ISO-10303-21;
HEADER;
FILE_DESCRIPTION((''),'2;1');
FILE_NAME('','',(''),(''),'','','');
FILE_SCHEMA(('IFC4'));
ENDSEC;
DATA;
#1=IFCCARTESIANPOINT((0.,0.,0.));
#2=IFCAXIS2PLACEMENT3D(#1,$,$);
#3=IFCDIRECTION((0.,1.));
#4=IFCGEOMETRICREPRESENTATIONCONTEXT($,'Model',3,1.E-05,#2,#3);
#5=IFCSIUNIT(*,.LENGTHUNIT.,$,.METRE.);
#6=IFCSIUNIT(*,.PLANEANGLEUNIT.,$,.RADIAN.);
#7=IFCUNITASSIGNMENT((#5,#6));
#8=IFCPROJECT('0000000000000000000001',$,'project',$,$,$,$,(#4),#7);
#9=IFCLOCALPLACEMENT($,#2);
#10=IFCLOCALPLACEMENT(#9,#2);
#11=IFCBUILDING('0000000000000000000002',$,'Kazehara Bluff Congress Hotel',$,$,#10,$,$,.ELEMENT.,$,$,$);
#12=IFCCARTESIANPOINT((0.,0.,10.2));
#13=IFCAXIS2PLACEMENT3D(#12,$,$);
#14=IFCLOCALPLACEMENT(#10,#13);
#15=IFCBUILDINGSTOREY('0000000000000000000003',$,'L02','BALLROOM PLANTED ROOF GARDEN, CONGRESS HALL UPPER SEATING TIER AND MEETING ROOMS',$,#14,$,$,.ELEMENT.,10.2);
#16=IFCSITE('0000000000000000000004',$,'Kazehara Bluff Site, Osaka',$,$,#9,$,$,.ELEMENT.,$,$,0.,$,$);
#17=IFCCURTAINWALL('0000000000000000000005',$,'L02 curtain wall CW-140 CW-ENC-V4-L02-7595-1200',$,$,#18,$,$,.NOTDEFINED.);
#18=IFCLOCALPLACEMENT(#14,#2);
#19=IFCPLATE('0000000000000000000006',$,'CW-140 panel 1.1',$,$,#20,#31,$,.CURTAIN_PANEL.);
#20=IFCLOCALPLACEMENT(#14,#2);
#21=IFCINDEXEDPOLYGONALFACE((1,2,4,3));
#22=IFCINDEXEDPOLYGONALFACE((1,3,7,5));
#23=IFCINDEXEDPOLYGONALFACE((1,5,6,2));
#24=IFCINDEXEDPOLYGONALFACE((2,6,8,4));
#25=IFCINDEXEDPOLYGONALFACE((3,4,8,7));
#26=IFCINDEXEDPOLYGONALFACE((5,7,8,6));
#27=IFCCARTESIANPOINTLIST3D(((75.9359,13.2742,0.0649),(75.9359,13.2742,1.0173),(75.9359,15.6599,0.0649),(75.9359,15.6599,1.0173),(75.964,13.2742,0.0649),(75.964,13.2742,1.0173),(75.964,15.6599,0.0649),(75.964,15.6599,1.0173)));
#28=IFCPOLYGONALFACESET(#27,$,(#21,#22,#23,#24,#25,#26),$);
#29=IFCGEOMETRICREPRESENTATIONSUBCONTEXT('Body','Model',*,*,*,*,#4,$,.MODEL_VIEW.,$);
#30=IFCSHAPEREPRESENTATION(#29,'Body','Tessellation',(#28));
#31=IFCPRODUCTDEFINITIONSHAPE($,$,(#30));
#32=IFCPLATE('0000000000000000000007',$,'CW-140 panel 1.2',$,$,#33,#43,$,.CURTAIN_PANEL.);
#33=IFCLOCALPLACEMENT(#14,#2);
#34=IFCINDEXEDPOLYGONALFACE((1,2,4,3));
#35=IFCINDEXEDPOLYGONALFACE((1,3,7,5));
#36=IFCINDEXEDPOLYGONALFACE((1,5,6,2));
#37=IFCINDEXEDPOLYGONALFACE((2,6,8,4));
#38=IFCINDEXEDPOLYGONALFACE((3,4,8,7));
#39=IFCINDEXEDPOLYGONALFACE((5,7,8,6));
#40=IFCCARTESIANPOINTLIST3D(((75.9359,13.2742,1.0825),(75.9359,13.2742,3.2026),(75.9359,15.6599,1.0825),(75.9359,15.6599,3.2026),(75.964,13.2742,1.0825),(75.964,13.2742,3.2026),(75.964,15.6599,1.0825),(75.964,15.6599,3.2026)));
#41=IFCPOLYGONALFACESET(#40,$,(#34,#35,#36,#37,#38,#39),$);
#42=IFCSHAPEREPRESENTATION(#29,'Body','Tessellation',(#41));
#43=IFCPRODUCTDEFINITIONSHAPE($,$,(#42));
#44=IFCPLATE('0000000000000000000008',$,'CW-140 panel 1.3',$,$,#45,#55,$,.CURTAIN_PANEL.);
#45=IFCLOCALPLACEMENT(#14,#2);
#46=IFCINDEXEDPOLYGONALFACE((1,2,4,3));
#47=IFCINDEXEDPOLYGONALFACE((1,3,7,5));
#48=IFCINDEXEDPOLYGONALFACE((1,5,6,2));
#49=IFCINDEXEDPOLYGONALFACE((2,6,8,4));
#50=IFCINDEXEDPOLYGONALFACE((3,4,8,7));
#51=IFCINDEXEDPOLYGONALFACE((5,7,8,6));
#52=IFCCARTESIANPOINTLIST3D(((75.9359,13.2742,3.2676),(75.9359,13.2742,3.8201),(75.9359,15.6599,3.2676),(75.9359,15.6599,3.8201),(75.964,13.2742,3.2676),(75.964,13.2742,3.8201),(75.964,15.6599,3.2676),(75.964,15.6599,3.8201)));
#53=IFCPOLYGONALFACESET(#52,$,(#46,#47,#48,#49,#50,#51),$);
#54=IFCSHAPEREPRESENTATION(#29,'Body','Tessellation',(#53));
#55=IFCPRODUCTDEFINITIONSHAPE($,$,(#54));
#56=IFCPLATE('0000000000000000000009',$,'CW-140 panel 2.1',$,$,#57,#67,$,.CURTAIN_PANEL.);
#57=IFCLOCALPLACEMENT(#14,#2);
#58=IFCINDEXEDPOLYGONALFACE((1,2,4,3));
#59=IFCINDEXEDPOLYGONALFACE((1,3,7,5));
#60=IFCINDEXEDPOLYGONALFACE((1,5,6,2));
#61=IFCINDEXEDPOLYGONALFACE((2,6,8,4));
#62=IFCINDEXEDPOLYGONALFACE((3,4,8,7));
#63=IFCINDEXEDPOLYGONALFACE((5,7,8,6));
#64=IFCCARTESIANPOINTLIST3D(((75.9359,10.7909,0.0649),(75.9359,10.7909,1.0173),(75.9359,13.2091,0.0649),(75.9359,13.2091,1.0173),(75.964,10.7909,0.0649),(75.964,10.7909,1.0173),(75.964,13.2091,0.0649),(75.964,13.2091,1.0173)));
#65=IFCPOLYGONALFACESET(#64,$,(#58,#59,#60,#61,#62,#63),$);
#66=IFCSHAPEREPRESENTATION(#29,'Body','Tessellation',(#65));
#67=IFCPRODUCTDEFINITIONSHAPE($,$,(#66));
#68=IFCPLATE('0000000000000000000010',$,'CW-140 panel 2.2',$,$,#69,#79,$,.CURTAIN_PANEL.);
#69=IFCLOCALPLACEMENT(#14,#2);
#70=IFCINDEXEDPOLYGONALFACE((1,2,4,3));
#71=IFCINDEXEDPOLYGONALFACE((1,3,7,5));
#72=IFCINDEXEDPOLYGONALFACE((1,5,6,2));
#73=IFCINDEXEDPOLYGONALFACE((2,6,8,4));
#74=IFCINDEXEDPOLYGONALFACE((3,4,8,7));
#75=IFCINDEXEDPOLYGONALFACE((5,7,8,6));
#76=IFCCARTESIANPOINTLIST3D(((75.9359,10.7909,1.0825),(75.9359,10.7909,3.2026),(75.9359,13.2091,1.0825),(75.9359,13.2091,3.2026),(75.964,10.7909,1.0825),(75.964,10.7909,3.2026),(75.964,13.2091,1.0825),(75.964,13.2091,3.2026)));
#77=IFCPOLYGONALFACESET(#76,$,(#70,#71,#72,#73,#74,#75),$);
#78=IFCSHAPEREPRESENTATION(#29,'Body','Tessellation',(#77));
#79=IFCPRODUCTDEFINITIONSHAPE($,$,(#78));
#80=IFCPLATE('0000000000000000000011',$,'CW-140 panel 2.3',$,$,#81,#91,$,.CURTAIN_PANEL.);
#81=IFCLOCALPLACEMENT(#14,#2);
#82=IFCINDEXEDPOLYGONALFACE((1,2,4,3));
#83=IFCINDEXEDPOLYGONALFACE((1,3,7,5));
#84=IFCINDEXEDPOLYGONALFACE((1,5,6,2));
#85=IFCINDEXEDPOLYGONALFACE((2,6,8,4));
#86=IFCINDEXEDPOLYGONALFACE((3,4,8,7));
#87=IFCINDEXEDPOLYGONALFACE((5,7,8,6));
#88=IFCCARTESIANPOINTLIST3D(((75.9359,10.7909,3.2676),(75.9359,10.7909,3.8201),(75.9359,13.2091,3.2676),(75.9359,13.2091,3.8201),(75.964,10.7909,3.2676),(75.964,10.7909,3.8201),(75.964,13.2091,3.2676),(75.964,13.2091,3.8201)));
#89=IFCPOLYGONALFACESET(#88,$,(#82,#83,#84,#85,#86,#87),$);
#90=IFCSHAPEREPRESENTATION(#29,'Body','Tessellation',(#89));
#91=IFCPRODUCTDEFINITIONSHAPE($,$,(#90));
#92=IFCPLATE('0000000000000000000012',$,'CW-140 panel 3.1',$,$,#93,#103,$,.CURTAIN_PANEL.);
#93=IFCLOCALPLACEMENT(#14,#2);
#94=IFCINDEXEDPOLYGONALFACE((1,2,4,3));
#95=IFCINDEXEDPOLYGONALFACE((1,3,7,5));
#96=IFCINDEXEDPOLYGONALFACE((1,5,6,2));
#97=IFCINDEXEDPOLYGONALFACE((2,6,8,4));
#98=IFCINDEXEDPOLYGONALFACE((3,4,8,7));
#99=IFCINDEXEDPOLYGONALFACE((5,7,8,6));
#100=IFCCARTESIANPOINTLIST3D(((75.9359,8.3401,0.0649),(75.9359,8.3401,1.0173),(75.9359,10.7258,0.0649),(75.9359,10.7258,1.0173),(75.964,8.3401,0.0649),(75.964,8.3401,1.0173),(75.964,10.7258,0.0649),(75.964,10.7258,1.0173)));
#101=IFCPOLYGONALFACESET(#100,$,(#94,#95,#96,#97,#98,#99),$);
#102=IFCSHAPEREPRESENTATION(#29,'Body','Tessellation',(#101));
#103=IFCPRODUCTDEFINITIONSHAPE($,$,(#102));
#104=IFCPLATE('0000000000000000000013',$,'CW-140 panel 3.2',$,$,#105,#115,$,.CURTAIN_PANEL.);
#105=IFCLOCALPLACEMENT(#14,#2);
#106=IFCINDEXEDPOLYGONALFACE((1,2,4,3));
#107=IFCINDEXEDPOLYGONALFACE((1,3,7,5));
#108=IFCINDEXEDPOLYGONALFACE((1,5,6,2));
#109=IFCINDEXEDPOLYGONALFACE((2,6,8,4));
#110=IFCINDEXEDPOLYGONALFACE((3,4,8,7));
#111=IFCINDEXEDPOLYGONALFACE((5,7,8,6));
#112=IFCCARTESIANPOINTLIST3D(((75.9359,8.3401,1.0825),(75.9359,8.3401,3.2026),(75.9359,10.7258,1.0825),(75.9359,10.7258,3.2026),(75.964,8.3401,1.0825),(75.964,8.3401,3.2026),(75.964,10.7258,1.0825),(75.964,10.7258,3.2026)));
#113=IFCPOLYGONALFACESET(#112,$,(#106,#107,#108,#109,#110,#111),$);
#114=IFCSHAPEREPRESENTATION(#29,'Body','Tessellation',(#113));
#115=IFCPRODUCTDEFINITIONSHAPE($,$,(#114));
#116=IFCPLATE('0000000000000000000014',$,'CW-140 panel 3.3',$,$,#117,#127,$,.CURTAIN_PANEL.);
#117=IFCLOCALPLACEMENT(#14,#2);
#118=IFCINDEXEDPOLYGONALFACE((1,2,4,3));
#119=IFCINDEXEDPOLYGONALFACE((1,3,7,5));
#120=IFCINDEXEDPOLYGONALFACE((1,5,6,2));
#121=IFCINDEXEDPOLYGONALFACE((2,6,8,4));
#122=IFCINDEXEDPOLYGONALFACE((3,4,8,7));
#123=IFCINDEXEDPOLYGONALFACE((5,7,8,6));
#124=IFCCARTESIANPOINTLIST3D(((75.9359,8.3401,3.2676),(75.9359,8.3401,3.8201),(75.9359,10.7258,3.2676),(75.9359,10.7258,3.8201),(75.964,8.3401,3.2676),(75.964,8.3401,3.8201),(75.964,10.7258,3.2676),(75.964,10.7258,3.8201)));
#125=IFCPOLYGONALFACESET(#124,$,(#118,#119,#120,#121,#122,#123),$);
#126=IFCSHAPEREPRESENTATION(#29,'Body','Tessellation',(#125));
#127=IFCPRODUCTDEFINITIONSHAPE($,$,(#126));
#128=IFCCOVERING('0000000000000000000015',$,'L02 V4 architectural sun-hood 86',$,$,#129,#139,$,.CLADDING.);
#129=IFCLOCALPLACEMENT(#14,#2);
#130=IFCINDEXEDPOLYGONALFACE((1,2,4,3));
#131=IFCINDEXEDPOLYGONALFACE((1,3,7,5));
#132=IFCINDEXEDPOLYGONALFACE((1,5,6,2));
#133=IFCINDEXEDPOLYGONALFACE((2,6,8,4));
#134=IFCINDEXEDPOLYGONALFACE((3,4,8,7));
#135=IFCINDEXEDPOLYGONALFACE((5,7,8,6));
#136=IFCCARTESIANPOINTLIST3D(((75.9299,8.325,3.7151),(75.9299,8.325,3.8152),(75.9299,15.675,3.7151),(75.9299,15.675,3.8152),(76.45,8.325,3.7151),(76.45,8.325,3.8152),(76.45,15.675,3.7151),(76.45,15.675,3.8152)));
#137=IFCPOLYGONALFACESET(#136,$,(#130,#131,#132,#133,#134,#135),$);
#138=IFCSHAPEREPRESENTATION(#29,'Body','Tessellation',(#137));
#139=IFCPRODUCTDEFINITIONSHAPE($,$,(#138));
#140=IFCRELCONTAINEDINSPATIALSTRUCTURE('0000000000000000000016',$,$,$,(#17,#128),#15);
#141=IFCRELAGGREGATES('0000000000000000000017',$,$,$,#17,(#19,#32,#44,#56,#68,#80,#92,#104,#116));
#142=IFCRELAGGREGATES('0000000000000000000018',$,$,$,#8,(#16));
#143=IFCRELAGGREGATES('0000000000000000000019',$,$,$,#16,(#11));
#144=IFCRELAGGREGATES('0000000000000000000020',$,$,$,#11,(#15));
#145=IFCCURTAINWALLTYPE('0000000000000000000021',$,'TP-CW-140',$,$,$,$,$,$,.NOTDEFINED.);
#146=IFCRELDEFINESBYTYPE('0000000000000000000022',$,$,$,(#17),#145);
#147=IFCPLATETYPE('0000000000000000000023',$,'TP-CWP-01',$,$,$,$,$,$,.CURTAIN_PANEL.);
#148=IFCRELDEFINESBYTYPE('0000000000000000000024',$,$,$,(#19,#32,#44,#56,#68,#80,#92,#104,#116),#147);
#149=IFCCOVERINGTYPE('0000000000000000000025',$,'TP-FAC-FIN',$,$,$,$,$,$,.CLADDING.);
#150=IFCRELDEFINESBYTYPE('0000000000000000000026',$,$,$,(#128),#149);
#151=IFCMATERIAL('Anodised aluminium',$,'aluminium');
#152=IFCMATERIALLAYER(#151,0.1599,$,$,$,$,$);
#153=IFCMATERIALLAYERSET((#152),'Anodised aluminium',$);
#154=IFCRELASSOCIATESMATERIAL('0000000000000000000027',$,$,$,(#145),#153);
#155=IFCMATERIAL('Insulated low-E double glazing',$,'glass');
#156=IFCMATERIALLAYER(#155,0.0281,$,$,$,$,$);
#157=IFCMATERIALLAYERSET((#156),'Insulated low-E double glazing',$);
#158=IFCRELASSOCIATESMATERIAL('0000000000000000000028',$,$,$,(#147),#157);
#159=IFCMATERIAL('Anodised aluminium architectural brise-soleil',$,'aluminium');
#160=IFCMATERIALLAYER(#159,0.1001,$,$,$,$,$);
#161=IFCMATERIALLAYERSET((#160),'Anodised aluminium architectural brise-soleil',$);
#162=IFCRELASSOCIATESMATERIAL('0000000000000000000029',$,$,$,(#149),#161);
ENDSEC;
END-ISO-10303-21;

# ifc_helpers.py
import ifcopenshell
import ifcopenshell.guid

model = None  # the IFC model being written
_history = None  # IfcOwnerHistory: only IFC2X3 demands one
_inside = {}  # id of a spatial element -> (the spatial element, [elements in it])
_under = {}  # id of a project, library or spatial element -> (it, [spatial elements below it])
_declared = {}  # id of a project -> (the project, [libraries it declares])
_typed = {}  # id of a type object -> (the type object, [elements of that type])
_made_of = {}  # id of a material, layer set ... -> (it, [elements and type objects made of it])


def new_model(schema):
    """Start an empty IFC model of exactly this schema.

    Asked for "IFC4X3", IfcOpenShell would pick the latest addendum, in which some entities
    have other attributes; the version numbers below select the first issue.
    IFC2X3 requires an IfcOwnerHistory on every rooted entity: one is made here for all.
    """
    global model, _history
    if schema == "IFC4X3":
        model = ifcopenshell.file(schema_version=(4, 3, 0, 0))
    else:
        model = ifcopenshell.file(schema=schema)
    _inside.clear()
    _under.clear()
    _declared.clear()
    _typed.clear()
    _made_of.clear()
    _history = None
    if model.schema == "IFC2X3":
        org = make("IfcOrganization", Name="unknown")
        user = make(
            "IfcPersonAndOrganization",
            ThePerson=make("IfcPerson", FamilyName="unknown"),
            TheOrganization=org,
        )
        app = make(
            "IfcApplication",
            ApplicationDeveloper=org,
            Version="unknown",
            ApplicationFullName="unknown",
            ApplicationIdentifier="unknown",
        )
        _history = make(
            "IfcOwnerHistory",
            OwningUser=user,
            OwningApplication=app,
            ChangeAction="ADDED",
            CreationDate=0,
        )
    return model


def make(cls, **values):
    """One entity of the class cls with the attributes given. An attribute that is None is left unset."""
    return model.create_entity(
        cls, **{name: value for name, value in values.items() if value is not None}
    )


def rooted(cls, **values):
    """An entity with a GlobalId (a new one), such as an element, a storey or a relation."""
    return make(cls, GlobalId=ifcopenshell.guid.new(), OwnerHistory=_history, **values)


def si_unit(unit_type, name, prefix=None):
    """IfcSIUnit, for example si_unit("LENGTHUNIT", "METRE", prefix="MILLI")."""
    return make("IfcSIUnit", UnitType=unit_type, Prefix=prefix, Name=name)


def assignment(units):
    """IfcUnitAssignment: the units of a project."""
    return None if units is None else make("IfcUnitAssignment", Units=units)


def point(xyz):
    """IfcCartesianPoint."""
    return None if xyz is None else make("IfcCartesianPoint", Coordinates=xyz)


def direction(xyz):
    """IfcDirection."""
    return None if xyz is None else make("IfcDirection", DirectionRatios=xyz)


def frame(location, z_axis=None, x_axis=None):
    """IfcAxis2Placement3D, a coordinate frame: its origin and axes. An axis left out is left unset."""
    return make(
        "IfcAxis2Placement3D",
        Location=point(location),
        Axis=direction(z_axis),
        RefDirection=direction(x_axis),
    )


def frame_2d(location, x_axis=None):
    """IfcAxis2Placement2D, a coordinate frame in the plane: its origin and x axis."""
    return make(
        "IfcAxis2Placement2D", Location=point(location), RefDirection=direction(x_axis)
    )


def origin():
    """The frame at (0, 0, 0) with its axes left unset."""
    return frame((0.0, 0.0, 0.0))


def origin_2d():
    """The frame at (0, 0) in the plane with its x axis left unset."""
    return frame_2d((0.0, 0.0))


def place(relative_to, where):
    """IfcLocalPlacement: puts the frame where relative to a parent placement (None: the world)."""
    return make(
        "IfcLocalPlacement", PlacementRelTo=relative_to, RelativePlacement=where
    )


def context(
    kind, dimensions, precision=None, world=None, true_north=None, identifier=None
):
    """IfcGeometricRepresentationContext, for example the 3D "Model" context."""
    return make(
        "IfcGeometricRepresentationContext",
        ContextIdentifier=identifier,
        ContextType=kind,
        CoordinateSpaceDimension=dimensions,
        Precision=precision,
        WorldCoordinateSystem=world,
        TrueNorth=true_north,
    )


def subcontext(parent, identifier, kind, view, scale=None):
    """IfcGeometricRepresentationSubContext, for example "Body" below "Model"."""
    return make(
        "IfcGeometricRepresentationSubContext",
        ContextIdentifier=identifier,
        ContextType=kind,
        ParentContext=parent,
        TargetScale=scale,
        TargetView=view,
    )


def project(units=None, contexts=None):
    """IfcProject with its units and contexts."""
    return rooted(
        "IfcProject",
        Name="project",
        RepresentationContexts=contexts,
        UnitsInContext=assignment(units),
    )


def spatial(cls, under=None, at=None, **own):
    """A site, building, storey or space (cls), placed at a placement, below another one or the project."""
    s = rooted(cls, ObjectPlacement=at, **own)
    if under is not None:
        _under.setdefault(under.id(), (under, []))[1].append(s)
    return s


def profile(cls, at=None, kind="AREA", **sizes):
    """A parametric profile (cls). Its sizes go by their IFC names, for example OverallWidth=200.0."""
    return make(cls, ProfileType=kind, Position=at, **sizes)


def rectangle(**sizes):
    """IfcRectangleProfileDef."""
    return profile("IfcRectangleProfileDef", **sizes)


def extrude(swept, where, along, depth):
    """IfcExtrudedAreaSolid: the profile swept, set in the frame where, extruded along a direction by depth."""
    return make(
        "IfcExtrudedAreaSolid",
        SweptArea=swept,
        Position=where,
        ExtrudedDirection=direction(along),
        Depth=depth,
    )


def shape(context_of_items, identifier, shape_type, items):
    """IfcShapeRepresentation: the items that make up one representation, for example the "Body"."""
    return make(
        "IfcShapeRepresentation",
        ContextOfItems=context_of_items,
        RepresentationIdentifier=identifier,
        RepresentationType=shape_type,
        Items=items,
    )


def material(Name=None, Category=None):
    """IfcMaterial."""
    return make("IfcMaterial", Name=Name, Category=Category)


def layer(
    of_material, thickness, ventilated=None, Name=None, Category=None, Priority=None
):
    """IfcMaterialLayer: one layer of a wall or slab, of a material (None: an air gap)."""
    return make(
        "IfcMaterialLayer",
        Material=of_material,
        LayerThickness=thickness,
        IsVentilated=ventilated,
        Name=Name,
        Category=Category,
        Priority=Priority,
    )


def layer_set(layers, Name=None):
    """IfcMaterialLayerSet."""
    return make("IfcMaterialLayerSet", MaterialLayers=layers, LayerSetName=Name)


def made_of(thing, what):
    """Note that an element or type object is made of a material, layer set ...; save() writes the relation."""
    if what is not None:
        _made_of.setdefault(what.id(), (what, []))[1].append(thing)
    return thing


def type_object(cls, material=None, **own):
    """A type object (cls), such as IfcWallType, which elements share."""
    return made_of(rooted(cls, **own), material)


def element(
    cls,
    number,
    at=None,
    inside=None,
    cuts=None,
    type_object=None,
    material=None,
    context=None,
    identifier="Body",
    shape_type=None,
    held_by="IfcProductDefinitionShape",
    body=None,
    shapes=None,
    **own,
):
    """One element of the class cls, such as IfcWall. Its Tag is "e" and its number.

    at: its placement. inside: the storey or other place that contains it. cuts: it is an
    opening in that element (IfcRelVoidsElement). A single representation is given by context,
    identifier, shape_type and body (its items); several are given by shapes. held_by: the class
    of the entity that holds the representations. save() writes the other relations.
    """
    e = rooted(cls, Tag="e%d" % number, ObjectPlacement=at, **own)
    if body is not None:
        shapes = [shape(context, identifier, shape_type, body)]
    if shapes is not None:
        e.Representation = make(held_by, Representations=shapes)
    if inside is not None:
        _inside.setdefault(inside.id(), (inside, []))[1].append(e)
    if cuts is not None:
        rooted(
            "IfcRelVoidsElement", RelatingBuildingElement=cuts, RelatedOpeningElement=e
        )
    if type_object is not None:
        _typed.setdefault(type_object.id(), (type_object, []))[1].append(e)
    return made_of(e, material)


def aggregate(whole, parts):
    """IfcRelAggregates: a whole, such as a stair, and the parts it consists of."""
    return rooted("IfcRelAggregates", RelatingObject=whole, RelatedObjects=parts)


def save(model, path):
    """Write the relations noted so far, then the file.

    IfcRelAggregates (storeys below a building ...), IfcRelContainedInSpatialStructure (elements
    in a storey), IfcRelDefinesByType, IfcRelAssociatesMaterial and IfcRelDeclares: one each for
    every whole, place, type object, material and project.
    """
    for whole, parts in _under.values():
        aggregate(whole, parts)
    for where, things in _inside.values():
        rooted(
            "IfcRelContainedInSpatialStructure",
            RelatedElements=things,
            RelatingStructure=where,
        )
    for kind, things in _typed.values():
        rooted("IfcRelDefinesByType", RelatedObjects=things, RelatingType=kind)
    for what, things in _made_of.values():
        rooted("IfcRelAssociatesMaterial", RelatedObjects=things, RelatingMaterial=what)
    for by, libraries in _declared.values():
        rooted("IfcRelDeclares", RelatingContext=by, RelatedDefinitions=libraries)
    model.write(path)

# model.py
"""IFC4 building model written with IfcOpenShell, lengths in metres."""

from ifc_helpers import new_model, si_unit, direction, frame, origin, origin_2d, place, context, subcontext, project, spatial, rectangle, extrude, material, layer, layer_set, type_object, element, aggregate, save


model = new_model("IFC4")

# Units and contexts
model_context = context("Model", 3, precision=1e-05, world=origin(), true_north=direction((0.0, 1.0)))
body_context = subcontext(model_context, "Body", "Model", "MODEL_VIEW")
ifc_project = project(units=[si_unit("LENGTHUNIT", "METRE"), si_unit("PLANEANGLEUNIT", "RADIAN")], contexts=[model_context])

# Site, building, storey
site_placement = place(None, origin())
site = spatial("IfcSite", under=ifc_project, at=site_placement, Name="Kazehara Bluff Site, Osaka", CompositionType="ELEMENT", RefElevation=0.0)
building_placement = place(site_placement, origin())
building = spatial("IfcBuilding", under=site, at=building_placement, Name="Kazehara Bluff Congress Hotel", CompositionType="ELEMENT")
storey_placement = place(building_placement, frame((0.0, 0.0, 10.2)))
storey = spatial("IfcBuildingStorey", under=building, at=storey_placement, Name="L02", Description="BALLROOM PLANTED ROOF GARDEN, CONGRESS HALL UPPER SEATING TIER AND MEETING ROOMS", CompositionType="ELEMENT", Elevation=10.2)

# Curtain wall
ifc_material_1 = material(Name="Anodised aluminium", Category="aluminium")
ifc_layer_1 = layer(ifc_material_1, 0.1599)
ifc_layer_set_1 = layer_set([ifc_layer_1], Name="Anodised aluminium")
curtain_wall_type_1 = type_object("IfcCurtainWallType", Name="TP-CW-140", PredefinedType="NOTDEFINED", material=ifc_layer_set_1)
curtain_wall_1_placement = place(storey_placement, origin())
curtain_wall_1 = element("IfcCurtainWall", 1, at=curtain_wall_1_placement, inside=storey, type_object=curtain_wall_type_1, Name="L02 curtain wall CW-140 CW-ENC-V4-L02-7595-1200", PredefinedType="NOTDEFINED")

# Plates
ifc_material_2 = material(Name="Insulated low-E double glazing", Category="glass")
ifc_layer_2 = layer(ifc_material_2, 0.0281)
ifc_layer_set_2 = layer_set([ifc_layer_2], Name="Insulated low-E double glazing")
plate_type = type_object("IfcPlateType", Name="TP-CWP-01", PredefinedType="CURTAIN_PANEL", material=ifc_layer_set_2)
plate_1_placement = place(storey_placement, frame((75.95, 14.467, 0.0649), z_axis=(0.0, 0.0, 1.0), x_axis=(0.0, -1.0, 0.0)))
plate_1 = element("IfcPlate", 2, at=plate_1_placement, type_object=plate_type, Name="CW-140 panel 1.1", PredefinedType="CURTAIN_PANEL", context=body_context, shape_type="SweptSolid", body=[
    extrude(rectangle(XDim=2.3857, YDim=0.0281, at=origin_2d()), origin(), (0.0, 0.0, 1.0), 0.9524),
])
plate_2_placement = place(storey_placement, frame((75.95, 14.467, 1.0825), z_axis=(0.0, 0.0, 1.0), x_axis=(0.0, -1.0, 0.0)))
plate_2 = element("IfcPlate", 3, at=plate_2_placement, type_object=plate_type, Name="CW-140 panel 1.2", PredefinedType="CURTAIN_PANEL", context=body_context, shape_type="SweptSolid", body=[
    extrude(rectangle(XDim=2.3857, YDim=0.0281, at=origin_2d()), origin(), (0.0, 0.0, 1.0), 2.1201),
])
plate_3_placement = place(storey_placement, frame((75.95, 14.467, 3.2676), z_axis=(0.0, 0.0, 1.0), x_axis=(0.0, -1.0, 0.0)))
plate_3 = element("IfcPlate", 4, at=plate_3_placement, type_object=plate_type, Name="CW-140 panel 1.3", PredefinedType="CURTAIN_PANEL", context=body_context, shape_type="SweptSolid", body=[
    extrude(rectangle(XDim=2.3857, YDim=0.0281, at=origin_2d()), origin(), (0.0, 0.0, 1.0), 0.5525),
])
plate_4_placement = place(storey_placement, frame((75.95, 12.0, 0.0649), z_axis=(0.0, 0.0, 1.0), x_axis=(0.0, -1.0, 0.0)))
plate_4 = element("IfcPlate", 5, at=plate_4_placement, type_object=plate_type, Name="CW-140 panel 2.1", PredefinedType="CURTAIN_PANEL", context=body_context, shape_type="SweptSolid", body=[
    extrude(rectangle(XDim=2.4182, YDim=0.0281, at=origin_2d()), origin(), (0.0, 0.0, 1.0), 0.9524),
])
plate_5_placement = place(storey_placement, frame((75.95, 12.0, 1.0825), z_axis=(0.0, 0.0, 1.0), x_axis=(0.0, -1.0, 0.0)))
plate_5 = element("IfcPlate", 6, at=plate_5_placement, type_object=plate_type, Name="CW-140 panel 2.2", PredefinedType="CURTAIN_PANEL", context=body_context, shape_type="SweptSolid", body=[
    extrude(rectangle(XDim=2.4182, YDim=0.0281, at=origin_2d()), origin(), (0.0, 0.0, 1.0), 2.1201),
])
plate_6_placement = place(storey_placement, frame((75.95, 12.0, 3.2676), z_axis=(0.0, 0.0, 1.0), x_axis=(0.0, -1.0, 0.0)))
plate_6 = element("IfcPlate", 7, at=plate_6_placement, type_object=plate_type, Name="CW-140 panel 2.3", PredefinedType="CURTAIN_PANEL", context=body_context, shape_type="SweptSolid", body=[
    extrude(rectangle(XDim=2.4182, YDim=0.0281, at=origin_2d()), origin(), (0.0, 0.0, 1.0), 0.5525),
])
plate_7_placement = place(storey_placement, frame((75.95, 9.533, 0.0649), z_axis=(0.0, 0.0, 1.0), x_axis=(0.0, -1.0, 0.0)))
plate_7 = element("IfcPlate", 8, at=plate_7_placement, type_object=plate_type, Name="CW-140 panel 3.1", PredefinedType="CURTAIN_PANEL", context=body_context, shape_type="SweptSolid", body=[
    extrude(rectangle(XDim=2.3857, YDim=0.0281, at=origin_2d()), origin(), (0.0, 0.0, 1.0), 0.9524),
])
plate_8_placement = place(storey_placement, frame((75.95, 9.533, 1.0825), z_axis=(0.0, 0.0, 1.0), x_axis=(0.0, -1.0, 0.0)))
plate_8 = element("IfcPlate", 9, at=plate_8_placement, type_object=plate_type, Name="CW-140 panel 3.2", PredefinedType="CURTAIN_PANEL", context=body_context, shape_type="SweptSolid", body=[
    extrude(rectangle(XDim=2.3857, YDim=0.0281, at=origin_2d()), origin(), (0.0, 0.0, 1.0), 2.1201),
])
plate_9_placement = place(storey_placement, frame((75.95, 9.533, 3.2676), z_axis=(0.0, 0.0, 1.0), x_axis=(0.0, -1.0, 0.0)))
plate_9 = element("IfcPlate", 10, at=plate_9_placement, type_object=plate_type, Name="CW-140 panel 3.3", PredefinedType="CURTAIN_PANEL", context=body_context, shape_type="SweptSolid", body=[
    extrude(rectangle(XDim=2.3857, YDim=0.0281, at=origin_2d()), origin(), (0.0, 0.0, 1.0), 0.5525),
])
aggregate(curtain_wall_1, [plate_1, plate_2, plate_3, plate_4, plate_5, plate_6, plate_7, plate_8, plate_9])

# Covering
ifc_material_3 = material(Name="Anodised aluminium architectural brise-soleil", Category="aluminium")
ifc_layer_3 = layer(ifc_material_3, 0.1001)
ifc_layer_set_3 = layer_set([ifc_layer_3], Name="Anodised aluminium architectural brise-soleil")
covering_type = type_object("IfcCoveringType", Name="TP-FAC-FIN", PredefinedType="CLADDING", material=ifc_layer_set_3)
covering_placement = place(storey_placement, frame((76.1899, 12.0, 3.7151), z_axis=(0.0, 0.0, 1.0), x_axis=(1.0, 0.0, 0.0)))
element("IfcCovering", 11, at=covering_placement, inside=storey, type_object=covering_type, Name="L02 V4 architectural sun-hood 86", PredefinedType="CLADDING", context=body_context, shape_type="SweptSolid", body=[
    extrude(rectangle(XDim=0.52, YDim=7.3501, at=origin_2d()), origin(), (0.0, 0.0, 1.0), 0.1001),
])

save(model, "model.ifc")
